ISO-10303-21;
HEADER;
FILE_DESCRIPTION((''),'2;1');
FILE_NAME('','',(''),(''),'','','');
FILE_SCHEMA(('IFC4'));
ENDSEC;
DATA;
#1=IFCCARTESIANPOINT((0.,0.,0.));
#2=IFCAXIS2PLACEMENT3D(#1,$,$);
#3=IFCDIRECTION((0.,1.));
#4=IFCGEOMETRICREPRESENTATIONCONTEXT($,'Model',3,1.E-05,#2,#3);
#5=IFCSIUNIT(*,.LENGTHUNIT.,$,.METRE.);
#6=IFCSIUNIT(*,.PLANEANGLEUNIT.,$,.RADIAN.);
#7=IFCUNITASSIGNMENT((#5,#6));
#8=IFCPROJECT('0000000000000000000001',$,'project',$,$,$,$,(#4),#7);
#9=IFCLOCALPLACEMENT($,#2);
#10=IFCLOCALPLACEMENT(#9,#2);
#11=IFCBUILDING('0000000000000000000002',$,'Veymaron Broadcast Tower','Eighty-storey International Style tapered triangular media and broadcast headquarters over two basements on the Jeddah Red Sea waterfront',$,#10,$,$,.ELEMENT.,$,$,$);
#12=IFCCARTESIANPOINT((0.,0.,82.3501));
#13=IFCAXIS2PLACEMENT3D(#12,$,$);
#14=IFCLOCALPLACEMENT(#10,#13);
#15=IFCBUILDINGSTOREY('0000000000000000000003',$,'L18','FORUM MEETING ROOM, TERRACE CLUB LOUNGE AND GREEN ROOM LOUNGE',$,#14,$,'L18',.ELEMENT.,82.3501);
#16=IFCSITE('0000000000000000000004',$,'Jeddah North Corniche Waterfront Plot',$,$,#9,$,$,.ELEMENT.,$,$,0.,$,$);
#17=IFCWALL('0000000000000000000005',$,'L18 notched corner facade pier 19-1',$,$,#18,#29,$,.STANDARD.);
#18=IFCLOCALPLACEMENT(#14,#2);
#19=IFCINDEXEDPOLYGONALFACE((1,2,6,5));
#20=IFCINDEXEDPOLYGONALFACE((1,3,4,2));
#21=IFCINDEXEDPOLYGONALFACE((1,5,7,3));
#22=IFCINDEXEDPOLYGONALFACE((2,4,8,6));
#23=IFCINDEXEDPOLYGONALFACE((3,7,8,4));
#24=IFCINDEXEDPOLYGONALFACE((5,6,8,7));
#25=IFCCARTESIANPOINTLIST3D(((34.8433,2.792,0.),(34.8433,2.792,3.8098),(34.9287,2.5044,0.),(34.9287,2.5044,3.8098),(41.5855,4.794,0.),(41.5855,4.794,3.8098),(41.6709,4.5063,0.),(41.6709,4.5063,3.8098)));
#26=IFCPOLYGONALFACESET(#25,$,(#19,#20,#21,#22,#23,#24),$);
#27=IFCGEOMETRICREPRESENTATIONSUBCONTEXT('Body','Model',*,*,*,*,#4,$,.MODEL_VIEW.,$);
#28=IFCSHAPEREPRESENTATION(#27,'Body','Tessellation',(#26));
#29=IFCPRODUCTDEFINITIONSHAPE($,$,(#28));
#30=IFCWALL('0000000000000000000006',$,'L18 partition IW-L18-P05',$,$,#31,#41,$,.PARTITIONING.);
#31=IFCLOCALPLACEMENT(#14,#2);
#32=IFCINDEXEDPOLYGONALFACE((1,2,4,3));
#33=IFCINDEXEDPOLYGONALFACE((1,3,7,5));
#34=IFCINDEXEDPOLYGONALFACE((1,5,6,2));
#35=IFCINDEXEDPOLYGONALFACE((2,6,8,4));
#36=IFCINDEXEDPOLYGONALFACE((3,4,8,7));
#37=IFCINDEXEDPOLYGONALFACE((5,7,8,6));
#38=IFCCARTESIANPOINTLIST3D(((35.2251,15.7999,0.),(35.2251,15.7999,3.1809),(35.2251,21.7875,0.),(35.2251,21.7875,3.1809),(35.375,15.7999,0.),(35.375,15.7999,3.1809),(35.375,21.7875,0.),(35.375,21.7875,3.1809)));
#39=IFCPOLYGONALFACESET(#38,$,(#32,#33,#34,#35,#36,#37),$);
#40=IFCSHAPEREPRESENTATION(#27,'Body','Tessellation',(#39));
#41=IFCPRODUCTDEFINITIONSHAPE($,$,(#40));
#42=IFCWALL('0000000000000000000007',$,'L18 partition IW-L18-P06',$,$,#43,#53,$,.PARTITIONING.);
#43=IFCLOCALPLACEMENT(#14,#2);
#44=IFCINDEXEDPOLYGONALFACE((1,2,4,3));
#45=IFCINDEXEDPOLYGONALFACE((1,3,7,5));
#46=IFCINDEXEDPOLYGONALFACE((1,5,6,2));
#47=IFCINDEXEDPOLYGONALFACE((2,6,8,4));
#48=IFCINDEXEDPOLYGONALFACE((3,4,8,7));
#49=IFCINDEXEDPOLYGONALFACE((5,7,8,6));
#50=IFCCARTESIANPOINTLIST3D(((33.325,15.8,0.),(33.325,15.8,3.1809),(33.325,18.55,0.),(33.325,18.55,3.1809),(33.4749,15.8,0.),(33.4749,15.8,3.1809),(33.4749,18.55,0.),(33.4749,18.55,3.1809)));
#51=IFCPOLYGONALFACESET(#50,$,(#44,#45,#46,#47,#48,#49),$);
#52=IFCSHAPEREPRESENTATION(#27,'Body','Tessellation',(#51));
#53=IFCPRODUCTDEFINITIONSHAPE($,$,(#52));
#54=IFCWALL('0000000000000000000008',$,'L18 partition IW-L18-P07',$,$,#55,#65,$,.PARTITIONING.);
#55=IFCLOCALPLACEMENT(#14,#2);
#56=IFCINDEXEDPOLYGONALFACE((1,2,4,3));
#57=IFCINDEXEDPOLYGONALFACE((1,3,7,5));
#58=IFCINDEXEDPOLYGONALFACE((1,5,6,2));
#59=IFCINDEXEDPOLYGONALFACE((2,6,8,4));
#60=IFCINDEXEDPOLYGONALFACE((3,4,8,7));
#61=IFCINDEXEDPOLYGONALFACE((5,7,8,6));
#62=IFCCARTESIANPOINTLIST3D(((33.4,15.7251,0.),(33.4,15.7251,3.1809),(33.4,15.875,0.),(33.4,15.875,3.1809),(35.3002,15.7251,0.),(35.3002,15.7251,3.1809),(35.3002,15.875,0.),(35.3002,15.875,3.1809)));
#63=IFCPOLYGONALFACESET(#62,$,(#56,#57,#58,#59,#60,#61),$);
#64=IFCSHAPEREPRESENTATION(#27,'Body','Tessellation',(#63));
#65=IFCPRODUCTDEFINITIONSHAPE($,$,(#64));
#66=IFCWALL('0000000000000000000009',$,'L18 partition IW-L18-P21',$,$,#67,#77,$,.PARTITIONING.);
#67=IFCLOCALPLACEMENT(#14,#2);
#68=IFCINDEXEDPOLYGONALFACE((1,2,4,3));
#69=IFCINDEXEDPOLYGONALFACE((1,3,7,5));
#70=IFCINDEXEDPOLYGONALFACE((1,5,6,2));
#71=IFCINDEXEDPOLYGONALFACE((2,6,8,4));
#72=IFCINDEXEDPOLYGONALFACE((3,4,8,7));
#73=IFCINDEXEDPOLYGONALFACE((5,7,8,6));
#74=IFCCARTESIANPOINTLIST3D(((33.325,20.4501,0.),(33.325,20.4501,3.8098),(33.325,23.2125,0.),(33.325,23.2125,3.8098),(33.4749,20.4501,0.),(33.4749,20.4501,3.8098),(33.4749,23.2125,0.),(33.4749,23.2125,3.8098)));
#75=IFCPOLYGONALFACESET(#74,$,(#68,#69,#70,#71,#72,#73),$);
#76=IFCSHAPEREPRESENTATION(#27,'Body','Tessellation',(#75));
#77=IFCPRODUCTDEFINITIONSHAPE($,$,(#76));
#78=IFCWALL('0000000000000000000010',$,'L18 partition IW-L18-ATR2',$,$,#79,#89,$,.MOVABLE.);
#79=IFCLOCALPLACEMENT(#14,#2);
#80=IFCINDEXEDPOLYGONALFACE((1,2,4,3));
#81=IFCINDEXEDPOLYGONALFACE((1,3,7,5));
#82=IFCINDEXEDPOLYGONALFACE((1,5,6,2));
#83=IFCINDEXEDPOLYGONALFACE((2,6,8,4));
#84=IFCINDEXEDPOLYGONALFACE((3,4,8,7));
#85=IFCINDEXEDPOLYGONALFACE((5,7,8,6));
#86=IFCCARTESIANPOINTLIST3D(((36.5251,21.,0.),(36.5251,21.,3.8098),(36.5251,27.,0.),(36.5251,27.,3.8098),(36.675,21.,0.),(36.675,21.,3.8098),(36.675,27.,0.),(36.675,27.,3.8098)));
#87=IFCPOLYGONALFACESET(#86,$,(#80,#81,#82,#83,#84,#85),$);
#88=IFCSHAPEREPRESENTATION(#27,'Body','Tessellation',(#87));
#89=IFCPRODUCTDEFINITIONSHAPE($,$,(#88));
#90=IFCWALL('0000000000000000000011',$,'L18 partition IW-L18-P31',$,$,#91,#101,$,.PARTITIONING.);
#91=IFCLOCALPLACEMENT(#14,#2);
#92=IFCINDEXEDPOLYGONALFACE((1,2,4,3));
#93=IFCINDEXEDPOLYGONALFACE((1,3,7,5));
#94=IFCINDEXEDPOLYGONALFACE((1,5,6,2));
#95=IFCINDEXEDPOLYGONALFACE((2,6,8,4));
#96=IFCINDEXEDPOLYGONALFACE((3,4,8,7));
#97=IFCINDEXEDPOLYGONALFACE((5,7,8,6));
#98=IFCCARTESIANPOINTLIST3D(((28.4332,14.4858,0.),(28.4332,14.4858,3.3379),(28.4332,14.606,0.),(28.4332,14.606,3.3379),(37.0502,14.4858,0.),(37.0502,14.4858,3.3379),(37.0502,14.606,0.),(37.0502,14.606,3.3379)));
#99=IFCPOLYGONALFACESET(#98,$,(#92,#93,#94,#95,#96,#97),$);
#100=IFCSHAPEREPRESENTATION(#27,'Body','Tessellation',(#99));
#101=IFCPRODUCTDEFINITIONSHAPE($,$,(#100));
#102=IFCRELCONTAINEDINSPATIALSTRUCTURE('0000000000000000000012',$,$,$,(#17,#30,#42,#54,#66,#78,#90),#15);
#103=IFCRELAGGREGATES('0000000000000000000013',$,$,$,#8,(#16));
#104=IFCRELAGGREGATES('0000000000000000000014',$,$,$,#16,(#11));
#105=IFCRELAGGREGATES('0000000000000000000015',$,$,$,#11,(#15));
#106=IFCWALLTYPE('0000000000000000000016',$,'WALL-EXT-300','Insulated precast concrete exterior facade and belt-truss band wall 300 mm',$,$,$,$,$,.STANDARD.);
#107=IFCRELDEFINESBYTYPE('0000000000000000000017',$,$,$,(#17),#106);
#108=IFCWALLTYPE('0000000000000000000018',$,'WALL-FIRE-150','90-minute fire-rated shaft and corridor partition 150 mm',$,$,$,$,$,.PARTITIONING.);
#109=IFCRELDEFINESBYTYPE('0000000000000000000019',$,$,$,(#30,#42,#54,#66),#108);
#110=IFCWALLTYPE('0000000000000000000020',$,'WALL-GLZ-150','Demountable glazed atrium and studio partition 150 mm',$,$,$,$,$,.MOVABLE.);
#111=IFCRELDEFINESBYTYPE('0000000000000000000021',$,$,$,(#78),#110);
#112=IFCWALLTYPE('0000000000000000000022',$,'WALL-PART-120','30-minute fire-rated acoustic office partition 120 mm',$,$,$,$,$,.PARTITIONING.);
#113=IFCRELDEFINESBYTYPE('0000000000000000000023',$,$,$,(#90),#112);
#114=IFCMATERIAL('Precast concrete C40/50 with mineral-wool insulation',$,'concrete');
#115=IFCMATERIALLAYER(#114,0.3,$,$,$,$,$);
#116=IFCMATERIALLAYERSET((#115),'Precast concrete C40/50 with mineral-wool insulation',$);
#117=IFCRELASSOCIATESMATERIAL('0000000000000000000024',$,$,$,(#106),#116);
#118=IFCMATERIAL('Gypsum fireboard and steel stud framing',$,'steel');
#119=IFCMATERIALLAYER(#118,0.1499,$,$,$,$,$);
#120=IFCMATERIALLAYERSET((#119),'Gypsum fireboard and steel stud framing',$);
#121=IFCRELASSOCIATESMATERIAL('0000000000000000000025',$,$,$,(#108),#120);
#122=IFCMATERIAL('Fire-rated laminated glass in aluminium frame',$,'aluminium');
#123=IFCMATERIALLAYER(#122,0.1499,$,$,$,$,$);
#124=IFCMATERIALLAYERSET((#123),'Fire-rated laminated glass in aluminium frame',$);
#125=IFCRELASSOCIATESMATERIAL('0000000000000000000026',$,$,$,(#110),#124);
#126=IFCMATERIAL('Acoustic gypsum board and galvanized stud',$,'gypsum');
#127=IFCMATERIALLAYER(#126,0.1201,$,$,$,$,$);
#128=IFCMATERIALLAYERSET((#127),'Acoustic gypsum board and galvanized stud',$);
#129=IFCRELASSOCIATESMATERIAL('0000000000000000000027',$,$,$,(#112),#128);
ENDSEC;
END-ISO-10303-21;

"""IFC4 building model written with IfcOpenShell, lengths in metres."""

from ifc_helpers import new_model, si_unit, direction, frame, frame_2d, origin, place, context, subcontext, project, spatial, rectangle, extrude, material, layer, layer_set, type_object, element, save


model = new_model("IFC4")

# Units and contexts
model_context = context("Model", 3, precision=1e-05, world=origin(), true_north=direction((0.0, 1.0)))
body_context = subcontext(model_context, "Body", "Model", "MODEL_VIEW")
ifc_project = project(units=[si_unit("LENGTHUNIT", "METRE"), si_unit("PLANEANGLEUNIT", "RADIAN")], contexts=[model_context])

# Site, building, storey
site_placement = place(None, origin())
site = spatial("IfcSite", under=ifc_project, at=site_placement, Name="Jeddah North Corniche Waterfront Plot", CompositionType="ELEMENT", RefElevation=0.0)
building_placement = place(site_placement, origin())
building = spatial("IfcBuilding", under=site, at=building_placement, Name="Veymaron Broadcast Tower", Description="Eighty-storey International Style tapered triangular media and broadcast headquarters over two basements on the Jeddah Red Sea waterfront", CompositionType="ELEMENT")
storey_placement = place(building_placement, frame((0.0, 0.0, 82.3501)))
storey = spatial("IfcBuildingStorey", under=building, at=storey_placement, Name="L18", Description="FORUM MEETING ROOM, TERRACE CLUB LOUNGE AND GREEN ROOM LOUNGE", LongName="L18", CompositionType="ELEMENT", Elevation=82.3501)

# Wall
ifc_material_1 = material(Name="Precast concrete C40/50 with mineral-wool insulation", Category="concrete")
ifc_layer_1 = layer(ifc_material_1, 0.3)
ifc_layer_set_1 = layer_set([ifc_layer_1], Name="Precast concrete C40/50 with mineral-wool insulation")
wall_type_1 = type_object("IfcWallType", Name="WALL-EXT-300", Description="Insulated precast concrete exterior facade and belt-truss band wall 300 mm", PredefinedType="STANDARD", material=ifc_layer_set_1)
wall_1_placement = place(storey_placement, frame((34.886, 2.6482, 0.0), z_axis=(0.0, 0.0, 1.0), x_axis=(0.958633, 0.284646, 0.0)))
element("IfcWall", 1, at=wall_1_placement, inside=storey, type_object=wall_type_1, Name="L18 notched corner facade pier 19-1", PredefinedType="STANDARD", context=body_context, shape_type="SweptSolid", body=[
    extrude(rectangle(XDim=7.0332, YDim=0.3, at=frame_2d((3.5166, 0.0))), origin(), (0.0, 0.0, 1.0), 3.8098),
])

# Shared definitions
ifc_material_2 = material(Name="Gypsum fireboard and steel stud framing", Category="steel")
ifc_layer_2 = layer(ifc_material_2, 0.1499)
ifc_layer_set_2 = layer_set([ifc_layer_2], Name="Gypsum fireboard and steel stud framing")
wall_type_2 = type_object("IfcWallType", Name="WALL-FIRE-150", Description="90-minute fire-rated shaft and corridor partition 150 mm", PredefinedType="PARTITIONING", material=ifc_layer_set_2)

# Walls
wall_2_placement = place(storey_placement, frame((35.3, 15.8, 0.0), z_axis=(0.0, 0.0, 1.0), x_axis=(0.0, 1.0, 0.0)))
element("IfcWall", 2, at=wall_2_placement, inside=storey, type_object=wall_type_2, Name="L18 partition IW-L18-P05", PredefinedType="PARTITIONING", context=body_context, shape_type="SweptSolid", body=[
    extrude(rectangle(XDim=5.9875, YDim=0.1499, at=frame_2d((2.9937, 0.0))), origin(), (0.0, 0.0, 1.0), 3.1809),
])
wall_3_placement = place(storey_placement, frame((33.3999, 15.8, 0.0), z_axis=(0.0, 0.0, 1.0), x_axis=(0.0, 1.0, 0.0)))
element("IfcWall", 3, at=wall_3_placement, inside=storey, type_object=wall_type_2, Name="L18 partition IW-L18-P06", PredefinedType="PARTITIONING", context=body_context, shape_type="SweptSolid", body=[
    extrude(rectangle(XDim=2.75, YDim=0.1499, at=frame_2d((1.375, 0.0))), origin(), (0.0, 0.0, 1.0), 3.1809),
])
wall_4_placement = place(storey_placement, frame((33.3999, 15.8, 0.0), z_axis=(0.0, 0.0, 1.0), x_axis=(1.0, 0.0, 0.0)))
element("IfcWall", 4, at=wall_4_placement, inside=storey, type_object=wall_type_2, Name="L18 partition IW-L18-P07", PredefinedType="PARTITIONING", context=body_context, shape_type="SweptSolid", body=[
    extrude(rectangle(XDim=1.9001, YDim=0.1499, at=frame_2d((0.9502, 0.0))), origin(), (0.0, 0.0, 1.0), 3.1809),
])
wall_5_placement = place(storey_placement, frame((33.3999, 20.45, 0.0), z_axis=(0.0, 0.0, 1.0), x_axis=(0.0, 1.0, 0.0)))
element("IfcWall", 5, at=wall_5_placement, inside=storey, type_object=wall_type_2, Name="L18 partition IW-L18-P21", PredefinedType="PARTITIONING", context=body_context, shape_type="SweptSolid", body=[
    extrude(rectangle(XDim=2.7625, YDim=0.1499, at=frame_2d((1.3813, 0.0))), origin(), (0.0, 0.0, 1.0), 3.8098),
])
ifc_material_3 = material(Name="Fire-rated laminated glass in aluminium frame", Category="aluminium")
ifc_layer_3 = layer(ifc_material_3, 0.1499)
ifc_layer_set_3 = layer_set([ifc_layer_3], Name="Fire-rated laminated glass in aluminium frame")
wall_type_3 = type_object("IfcWallType", Name="WALL-GLZ-150", Description="Demountable glazed atrium and studio partition 150 mm", PredefinedType="MOVABLE", material=ifc_layer_set_3)
wall_6_placement = place(storey_placement, frame((36.6001, 21.0, 0.0), z_axis=(0.0, 0.0, 1.0), x_axis=(0.0, 1.0, 0.0)))
element("IfcWall", 6, at=wall_6_placement, inside=storey, type_object=wall_type_3, Name="L18 partition IW-L18-ATR2", PredefinedType="MOVABLE", context=body_context, shape_type="SweptSolid", body=[
    extrude(rectangle(XDim=6.0, YDim=0.1499, at=frame_2d((3.0, 0.0))), origin(), (0.0, 0.0, 1.0), 3.8098),
])
ifc_material_4 = material(Name="Acoustic gypsum board and galvanized stud", Category="gypsum")
ifc_layer_4 = layer(ifc_material_4, 0.1201)
ifc_layer_set_4 = layer_set([ifc_layer_4], Name="Acoustic gypsum board and galvanized stud")
wall_type_4 = type_object("IfcWallType", Name="WALL-PART-120", Description="30-minute fire-rated acoustic office partition 120 mm", PredefinedType="PARTITIONING", material=ifc_layer_set_4)
wall_7_placement = place(storey_placement, frame((28.4331, 14.5459, 0.0), z_axis=(0.0, 0.0, 1.0), x_axis=(1.0, 0.0, 0.0)))
element("IfcWall", 7, at=wall_7_placement, inside=storey, type_object=wall_type_4, Name="L18 partition IW-L18-P31", PredefinedType="PARTITIONING", context=body_context, shape_type="SweptSolid", body=[
    extrude(rectangle(XDim=8.6169, YDim=0.1201, at=frame_2d((4.3086, 0.0))), origin(), (0.0, 0.0, 1.0), 3.3379),
])

save(model, "model.ifc")
